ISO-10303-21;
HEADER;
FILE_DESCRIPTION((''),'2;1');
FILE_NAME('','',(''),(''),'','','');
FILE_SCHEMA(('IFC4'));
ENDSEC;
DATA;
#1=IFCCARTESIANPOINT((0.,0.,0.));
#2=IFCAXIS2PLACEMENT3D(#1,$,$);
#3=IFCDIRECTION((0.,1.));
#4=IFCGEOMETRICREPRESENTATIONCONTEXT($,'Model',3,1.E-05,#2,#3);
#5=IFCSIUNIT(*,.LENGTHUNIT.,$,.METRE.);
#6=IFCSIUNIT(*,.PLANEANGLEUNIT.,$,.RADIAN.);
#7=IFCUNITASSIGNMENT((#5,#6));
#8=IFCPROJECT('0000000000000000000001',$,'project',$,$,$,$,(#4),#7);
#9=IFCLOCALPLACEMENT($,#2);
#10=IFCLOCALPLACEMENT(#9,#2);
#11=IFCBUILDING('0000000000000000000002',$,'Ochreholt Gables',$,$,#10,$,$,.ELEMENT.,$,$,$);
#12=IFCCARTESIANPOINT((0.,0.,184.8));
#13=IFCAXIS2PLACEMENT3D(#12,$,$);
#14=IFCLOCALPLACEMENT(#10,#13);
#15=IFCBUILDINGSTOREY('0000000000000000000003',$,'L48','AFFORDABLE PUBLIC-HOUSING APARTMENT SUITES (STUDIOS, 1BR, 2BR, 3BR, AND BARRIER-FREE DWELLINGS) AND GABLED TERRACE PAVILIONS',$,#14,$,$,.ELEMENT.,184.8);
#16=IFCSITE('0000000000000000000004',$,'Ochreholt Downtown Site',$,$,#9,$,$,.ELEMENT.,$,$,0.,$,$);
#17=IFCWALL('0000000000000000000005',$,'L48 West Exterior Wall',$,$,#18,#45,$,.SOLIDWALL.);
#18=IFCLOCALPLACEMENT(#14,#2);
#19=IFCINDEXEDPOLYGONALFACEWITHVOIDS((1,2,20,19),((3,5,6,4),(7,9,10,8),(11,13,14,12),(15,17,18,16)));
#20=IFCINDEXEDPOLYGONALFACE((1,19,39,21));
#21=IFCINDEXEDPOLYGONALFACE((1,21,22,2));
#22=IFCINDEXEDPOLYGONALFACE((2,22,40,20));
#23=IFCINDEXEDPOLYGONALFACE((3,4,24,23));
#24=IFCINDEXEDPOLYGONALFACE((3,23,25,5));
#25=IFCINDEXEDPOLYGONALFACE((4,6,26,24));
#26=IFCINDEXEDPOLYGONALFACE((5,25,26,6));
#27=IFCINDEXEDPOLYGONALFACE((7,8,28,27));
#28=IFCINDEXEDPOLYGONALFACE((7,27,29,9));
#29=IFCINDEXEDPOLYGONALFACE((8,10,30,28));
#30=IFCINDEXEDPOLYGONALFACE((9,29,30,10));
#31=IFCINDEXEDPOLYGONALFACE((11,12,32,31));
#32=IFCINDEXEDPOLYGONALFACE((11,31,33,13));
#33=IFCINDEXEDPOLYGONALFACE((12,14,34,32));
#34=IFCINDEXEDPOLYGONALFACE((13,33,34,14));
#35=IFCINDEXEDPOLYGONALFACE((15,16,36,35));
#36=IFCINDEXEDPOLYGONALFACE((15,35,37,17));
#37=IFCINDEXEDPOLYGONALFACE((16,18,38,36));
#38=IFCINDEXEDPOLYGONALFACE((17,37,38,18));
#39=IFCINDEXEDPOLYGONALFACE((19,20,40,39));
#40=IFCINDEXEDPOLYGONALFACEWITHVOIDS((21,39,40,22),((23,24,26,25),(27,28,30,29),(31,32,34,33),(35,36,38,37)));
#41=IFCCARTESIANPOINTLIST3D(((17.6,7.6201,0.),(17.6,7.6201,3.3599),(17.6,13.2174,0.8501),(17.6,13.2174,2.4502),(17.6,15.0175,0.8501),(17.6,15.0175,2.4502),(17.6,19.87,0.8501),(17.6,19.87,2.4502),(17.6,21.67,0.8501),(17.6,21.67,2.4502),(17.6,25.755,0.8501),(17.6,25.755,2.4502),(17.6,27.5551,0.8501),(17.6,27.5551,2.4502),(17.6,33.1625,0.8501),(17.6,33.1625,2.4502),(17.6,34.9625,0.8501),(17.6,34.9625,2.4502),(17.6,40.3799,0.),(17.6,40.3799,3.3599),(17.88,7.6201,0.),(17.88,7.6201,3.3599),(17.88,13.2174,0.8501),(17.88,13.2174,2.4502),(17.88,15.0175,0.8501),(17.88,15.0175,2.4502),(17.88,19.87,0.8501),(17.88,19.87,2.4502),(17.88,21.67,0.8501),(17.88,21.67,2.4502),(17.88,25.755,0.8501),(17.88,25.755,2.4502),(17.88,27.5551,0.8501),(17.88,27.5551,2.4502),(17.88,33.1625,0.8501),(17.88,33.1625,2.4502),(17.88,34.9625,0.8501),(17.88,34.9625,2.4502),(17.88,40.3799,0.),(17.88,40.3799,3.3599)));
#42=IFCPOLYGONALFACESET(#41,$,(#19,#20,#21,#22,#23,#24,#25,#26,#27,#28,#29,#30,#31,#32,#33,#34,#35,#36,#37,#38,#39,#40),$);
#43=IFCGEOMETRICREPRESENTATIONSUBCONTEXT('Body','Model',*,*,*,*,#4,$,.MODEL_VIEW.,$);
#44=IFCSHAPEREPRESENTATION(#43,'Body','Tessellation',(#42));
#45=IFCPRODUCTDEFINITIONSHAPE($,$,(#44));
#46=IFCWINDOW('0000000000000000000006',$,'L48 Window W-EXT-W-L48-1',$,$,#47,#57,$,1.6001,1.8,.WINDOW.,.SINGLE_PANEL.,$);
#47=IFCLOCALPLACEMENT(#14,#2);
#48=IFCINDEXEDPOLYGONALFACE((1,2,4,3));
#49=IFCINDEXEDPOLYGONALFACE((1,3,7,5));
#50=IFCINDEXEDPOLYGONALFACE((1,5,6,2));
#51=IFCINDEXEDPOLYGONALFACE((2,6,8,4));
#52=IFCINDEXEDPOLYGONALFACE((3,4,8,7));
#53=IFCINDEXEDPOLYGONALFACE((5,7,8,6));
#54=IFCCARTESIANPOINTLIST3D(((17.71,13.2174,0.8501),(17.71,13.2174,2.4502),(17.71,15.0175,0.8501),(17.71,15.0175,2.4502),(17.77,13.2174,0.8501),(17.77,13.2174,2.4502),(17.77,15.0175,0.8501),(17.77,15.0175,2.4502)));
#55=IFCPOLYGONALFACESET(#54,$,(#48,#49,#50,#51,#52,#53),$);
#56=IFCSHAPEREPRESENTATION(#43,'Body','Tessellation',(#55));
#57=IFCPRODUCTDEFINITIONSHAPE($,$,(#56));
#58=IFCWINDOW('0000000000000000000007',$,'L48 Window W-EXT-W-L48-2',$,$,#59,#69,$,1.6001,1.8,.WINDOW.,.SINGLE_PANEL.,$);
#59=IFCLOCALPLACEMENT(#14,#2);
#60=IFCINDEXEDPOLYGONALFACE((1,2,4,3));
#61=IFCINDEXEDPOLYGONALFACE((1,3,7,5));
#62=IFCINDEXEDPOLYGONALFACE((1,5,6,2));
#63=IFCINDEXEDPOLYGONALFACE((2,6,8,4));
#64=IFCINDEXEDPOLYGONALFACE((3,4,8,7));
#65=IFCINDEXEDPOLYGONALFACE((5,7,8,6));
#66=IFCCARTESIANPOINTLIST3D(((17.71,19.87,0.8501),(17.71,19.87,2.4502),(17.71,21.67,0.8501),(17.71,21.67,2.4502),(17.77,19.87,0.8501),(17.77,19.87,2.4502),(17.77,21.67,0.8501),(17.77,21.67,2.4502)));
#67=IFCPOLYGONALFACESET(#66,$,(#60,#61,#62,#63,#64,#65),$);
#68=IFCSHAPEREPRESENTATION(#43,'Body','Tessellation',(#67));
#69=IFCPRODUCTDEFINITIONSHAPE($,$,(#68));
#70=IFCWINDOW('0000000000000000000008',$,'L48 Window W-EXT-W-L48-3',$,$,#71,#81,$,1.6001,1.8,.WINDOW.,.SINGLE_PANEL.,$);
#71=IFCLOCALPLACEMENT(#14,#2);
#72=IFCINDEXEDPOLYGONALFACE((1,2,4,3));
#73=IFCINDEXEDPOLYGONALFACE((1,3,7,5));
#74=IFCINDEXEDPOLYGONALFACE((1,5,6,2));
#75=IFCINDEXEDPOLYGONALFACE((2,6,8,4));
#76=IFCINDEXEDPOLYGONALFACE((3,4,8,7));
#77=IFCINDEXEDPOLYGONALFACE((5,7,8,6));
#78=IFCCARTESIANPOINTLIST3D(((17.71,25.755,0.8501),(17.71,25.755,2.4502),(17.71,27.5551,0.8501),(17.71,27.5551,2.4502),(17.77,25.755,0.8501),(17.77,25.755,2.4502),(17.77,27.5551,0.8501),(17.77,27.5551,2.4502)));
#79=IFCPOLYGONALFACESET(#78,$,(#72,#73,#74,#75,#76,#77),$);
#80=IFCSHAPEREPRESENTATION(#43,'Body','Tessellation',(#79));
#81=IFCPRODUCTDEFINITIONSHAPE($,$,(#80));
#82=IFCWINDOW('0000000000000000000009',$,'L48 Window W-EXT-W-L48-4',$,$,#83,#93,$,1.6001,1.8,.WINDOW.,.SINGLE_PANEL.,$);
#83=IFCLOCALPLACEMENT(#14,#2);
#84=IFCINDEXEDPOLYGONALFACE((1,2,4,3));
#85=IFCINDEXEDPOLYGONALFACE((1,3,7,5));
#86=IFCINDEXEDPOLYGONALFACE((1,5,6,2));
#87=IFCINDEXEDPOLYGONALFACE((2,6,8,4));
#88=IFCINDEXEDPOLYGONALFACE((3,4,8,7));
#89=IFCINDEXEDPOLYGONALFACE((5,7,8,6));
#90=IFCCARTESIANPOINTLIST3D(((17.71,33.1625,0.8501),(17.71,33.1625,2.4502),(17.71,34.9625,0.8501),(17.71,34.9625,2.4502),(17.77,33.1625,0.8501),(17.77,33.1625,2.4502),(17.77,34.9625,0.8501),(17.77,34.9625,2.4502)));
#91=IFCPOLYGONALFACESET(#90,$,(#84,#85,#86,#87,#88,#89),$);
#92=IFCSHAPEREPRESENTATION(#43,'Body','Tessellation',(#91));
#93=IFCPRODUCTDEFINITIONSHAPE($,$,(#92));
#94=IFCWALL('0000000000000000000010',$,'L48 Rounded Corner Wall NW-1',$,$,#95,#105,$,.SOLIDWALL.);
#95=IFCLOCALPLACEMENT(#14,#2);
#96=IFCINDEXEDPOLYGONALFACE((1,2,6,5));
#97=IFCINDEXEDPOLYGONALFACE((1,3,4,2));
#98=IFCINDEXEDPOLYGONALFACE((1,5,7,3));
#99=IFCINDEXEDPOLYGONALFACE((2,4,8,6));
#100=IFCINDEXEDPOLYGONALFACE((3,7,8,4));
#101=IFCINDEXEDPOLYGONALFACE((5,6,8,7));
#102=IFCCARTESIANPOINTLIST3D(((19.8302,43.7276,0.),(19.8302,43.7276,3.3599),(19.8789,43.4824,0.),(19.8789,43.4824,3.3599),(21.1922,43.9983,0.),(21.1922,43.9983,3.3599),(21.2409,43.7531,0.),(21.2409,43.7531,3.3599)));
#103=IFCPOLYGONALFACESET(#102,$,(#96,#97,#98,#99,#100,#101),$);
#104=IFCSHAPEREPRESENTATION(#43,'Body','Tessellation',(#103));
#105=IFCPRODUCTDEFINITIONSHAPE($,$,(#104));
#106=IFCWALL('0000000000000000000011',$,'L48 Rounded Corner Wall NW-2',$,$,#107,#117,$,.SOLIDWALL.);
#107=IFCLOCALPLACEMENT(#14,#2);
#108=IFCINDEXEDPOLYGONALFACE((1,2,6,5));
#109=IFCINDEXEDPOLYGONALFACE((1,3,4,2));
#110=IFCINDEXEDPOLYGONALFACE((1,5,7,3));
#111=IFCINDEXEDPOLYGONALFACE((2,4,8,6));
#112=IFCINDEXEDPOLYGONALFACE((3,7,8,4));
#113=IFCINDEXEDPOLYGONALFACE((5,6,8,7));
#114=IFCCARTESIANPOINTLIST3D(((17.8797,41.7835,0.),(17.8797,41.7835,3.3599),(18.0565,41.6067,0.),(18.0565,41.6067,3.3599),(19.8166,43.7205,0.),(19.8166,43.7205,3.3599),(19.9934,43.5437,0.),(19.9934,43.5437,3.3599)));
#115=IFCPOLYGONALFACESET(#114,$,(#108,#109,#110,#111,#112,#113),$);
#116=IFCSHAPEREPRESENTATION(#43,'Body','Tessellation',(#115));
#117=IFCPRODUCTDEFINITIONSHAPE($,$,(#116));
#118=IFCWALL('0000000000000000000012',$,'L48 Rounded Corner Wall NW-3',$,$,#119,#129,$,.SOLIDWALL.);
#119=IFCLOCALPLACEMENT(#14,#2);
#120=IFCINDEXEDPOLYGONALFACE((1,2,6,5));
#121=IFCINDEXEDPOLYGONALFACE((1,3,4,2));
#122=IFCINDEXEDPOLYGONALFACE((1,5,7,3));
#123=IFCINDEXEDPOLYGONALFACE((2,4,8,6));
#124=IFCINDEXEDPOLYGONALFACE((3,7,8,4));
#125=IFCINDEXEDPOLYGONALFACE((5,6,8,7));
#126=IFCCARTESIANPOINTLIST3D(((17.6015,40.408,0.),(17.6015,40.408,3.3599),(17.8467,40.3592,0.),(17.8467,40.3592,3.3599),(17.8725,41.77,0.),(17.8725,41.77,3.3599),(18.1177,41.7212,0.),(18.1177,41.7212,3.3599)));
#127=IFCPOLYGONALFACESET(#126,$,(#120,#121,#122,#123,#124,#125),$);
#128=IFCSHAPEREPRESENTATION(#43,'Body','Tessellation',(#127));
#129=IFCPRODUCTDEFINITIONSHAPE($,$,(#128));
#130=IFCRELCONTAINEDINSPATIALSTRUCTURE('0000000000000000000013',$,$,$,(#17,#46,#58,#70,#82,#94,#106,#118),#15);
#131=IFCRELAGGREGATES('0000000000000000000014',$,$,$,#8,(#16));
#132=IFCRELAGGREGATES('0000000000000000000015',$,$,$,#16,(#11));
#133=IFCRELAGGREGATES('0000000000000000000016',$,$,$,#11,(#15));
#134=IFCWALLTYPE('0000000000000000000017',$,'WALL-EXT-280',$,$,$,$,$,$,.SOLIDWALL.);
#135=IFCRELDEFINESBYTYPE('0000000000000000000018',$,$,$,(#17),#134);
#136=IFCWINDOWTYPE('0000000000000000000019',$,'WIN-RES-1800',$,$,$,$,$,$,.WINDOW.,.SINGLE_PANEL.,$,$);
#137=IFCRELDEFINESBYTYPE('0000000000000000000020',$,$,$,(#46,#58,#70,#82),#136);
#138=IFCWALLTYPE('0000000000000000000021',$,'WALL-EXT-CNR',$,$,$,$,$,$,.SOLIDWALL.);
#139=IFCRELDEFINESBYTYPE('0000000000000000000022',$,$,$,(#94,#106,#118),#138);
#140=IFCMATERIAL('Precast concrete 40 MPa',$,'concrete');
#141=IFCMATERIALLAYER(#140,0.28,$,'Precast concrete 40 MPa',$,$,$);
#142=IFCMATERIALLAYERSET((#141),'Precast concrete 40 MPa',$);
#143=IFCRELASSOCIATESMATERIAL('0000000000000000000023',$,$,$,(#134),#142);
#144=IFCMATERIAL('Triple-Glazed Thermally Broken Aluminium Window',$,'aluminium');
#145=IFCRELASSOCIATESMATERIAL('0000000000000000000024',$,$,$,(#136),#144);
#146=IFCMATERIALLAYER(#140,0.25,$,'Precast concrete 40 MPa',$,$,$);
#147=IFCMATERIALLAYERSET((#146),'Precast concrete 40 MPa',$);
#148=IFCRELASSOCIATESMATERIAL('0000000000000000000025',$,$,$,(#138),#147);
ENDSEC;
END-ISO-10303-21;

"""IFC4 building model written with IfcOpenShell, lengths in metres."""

from ifc_helpers import new_model, si_unit, direction, frame, frame_2d, origin, place, context, subcontext, project, spatial, rectangle, extrude, material, layer, layer_set, type_object, element, fill, save


model = new_model("IFC4")

# Units and contexts
model_context = context("Model", 3, precision=1e-05, world=origin(), true_north=direction((0.0, 1.0)))
body_context = subcontext(model_context, "Body", "Model", "MODEL_VIEW")
ifc_project = project(units=[si_unit("LENGTHUNIT", "METRE"), si_unit("PLANEANGLEUNIT", "RADIAN")], contexts=[model_context])

# Site, building, storey
site_placement = place(None, origin())
site = spatial("IfcSite", under=ifc_project, at=site_placement, Name="Ochreholt Downtown Site", CompositionType="ELEMENT", RefElevation=0.0)
building_placement = place(site_placement, origin())
building = spatial("IfcBuilding", under=site, at=building_placement, Name="Ochreholt Gables", CompositionType="ELEMENT")
storey_placement = place(building_placement, frame((0.0, 0.0, 184.8)))
storey = spatial("IfcBuildingStorey", under=building, at=storey_placement, Name="L48", Description="AFFORDABLE PUBLIC-HOUSING APARTMENT SUITES (STUDIOS, 1BR, 2BR, 3BR, AND BARRIER-FREE DWELLINGS) AND GABLED TERRACE PAVILIONS", CompositionType="ELEMENT", Elevation=184.8)

# Wall, openings, windows
ifc_material_1 = material(Name="Precast concrete 40 MPa", Category="concrete")
ifc_layer_1 = layer(ifc_material_1, 0.28, Name="Precast concrete 40 MPa")
ifc_layer_set_1 = layer_set([ifc_layer_1], Name="Precast concrete 40 MPa")
wall_type_1 = type_object("IfcWallType", Name="WALL-EXT-280", PredefinedType="SOLIDWALL", material=ifc_layer_set_1)
wall_1_placement = place(storey_placement, frame((17.74, 40.3799, 0.0), z_axis=(0.0, 0.0, 1.0), x_axis=(0.0, -1.0, 0.0)))
wall_1 = element("IfcWall", 1, at=wall_1_placement, inside=storey, type_object=wall_type_1, Name="L48 West Exterior Wall", PredefinedType="SOLIDWALL", context=body_context, shape_type="SweptSolid", body=[
    extrude(rectangle(XDim=32.7598, YDim=0.28, at=frame_2d((16.3799, 0.0))), origin(), (0.0, 0.0, 1.0), 3.3599),
])
opening_1_placement = place(wall_1_placement, frame((25.3625, 0.0, 0.8501)))
opening_1 = element("IfcOpeningElement", 2, at=opening_1_placement, cuts=wall_1, PredefinedType="OPENING", context=body_context, shape_type="SweptSolid", body=[
    extrude(rectangle(XDim=1.8, YDim=1.6001, at=frame_2d((0.8999, 0.8))), frame((0.0, 0.1499, 0.0), z_axis=(0.0, -1.0, 0.0), x_axis=(1.0, 0.0, 0.0)), (0.0, 0.0, 1.0), 0.3),
])
opening_2_placement = place(wall_1_placement, frame((18.71, 0.0, 0.8501)))
opening_2 = element("IfcOpeningElement", 3, at=opening_2_placement, cuts=wall_1, PredefinedType="OPENING", context=body_context, shape_type="SweptSolid", body=[
    extrude(rectangle(XDim=1.8, YDim=1.6001, at=frame_2d((0.8999, 0.8))), frame((0.0, 0.1499, 0.0), z_axis=(0.0, -1.0, 0.0), x_axis=(1.0, 0.0, 0.0)), (0.0, 0.0, 1.0), 0.3),
])
opening_3_placement = place(wall_1_placement, frame((12.825, 0.0, 0.8501)))
opening_3 = element("IfcOpeningElement", 4, at=opening_3_placement, cuts=wall_1, PredefinedType="OPENING", context=body_context, shape_type="SweptSolid", body=[
    extrude(rectangle(XDim=1.8, YDim=1.6001, at=frame_2d((0.8999, 0.8))), frame((0.0, 0.1499, 0.0), z_axis=(0.0, -1.0, 0.0), x_axis=(1.0, 0.0, 0.0)), (0.0, 0.0, 1.0), 0.3),
])
opening_4_placement = place(wall_1_placement, frame((5.4175, 0.0, 0.8501)))
opening_4 = element("IfcOpeningElement", 5, at=opening_4_placement, cuts=wall_1, PredefinedType="OPENING", context=body_context, shape_type="SweptSolid", body=[
    extrude(rectangle(XDim=1.8, YDim=1.6001, at=frame_2d((0.8999, 0.8))), frame((0.0, 0.1499, 0.0), z_axis=(0.0, -1.0, 0.0), x_axis=(1.0, 0.0, 0.0)), (0.0, 0.0, 1.0), 0.3),
])
ifc_material_2 = material(Name="Triple-Glazed Thermally Broken Aluminium Window", Category="aluminium")
window_type = type_object("IfcWindowType", Name="WIN-RES-1800", PartitioningType="SINGLE_PANEL", PredefinedType="WINDOW", material=ifc_material_2)
window_1_placement = place(opening_1_placement, origin())
window_1 = element("IfcWindow", 6, at=window_1_placement, inside=storey, type_object=window_type, Name="L48 Window W-EXT-W-L48-1", OverallHeight=1.6001, OverallWidth=1.8, PartitioningType="SINGLE_PANEL", PredefinedType="WINDOW", context=body_context, shape_type="SweptSolid", body=[
    extrude(rectangle(XDim=1.8, YDim=1.6001, at=frame_2d((0.8999, 0.8))), frame((0.0, 0.03, 0.0), z_axis=(0.0, -1.0, 0.0), x_axis=(1.0, 0.0, 0.0)), (0.0, 0.0, 1.0), 0.0601),
])
fill(opening_1, window_1)
window_2_placement = place(opening_2_placement, origin())
window_2 = element("IfcWindow", 7, at=window_2_placement, inside=storey, type_object=window_type, Name="L48 Window W-EXT-W-L48-2", OverallHeight=1.6001, OverallWidth=1.8, PartitioningType="SINGLE_PANEL", PredefinedType="WINDOW", context=body_context, shape_type="SweptSolid", body=[
    extrude(rectangle(XDim=1.8, YDim=1.6001, at=frame_2d((0.8999, 0.8))), frame((0.0, 0.03, 0.0), z_axis=(0.0, -1.0, 0.0), x_axis=(1.0, 0.0, 0.0)), (0.0, 0.0, 1.0), 0.0601),
])
fill(opening_2, window_2)
window_3_placement = place(opening_3_placement, origin())
window_3 = element("IfcWindow", 8, at=window_3_placement, inside=storey, type_object=window_type, Name="L48 Window W-EXT-W-L48-3", OverallHeight=1.6001, OverallWidth=1.8, PartitioningType="SINGLE_PANEL", PredefinedType="WINDOW", context=body_context, shape_type="SweptSolid", body=[
    extrude(rectangle(XDim=1.8, YDim=1.6001, at=frame_2d((0.8999, 0.8))), frame((0.0, 0.03, 0.0), z_axis=(0.0, -1.0, 0.0), x_axis=(1.0, 0.0, 0.0)), (0.0, 0.0, 1.0), 0.0601),
])
fill(opening_3, window_3)
window_4_placement = place(opening_4_placement, origin())
window_4 = element("IfcWindow", 9, at=window_4_placement, inside=storey, type_object=window_type, Name="L48 Window W-EXT-W-L48-4", OverallHeight=1.6001, OverallWidth=1.8, PartitioningType="SINGLE_PANEL", PredefinedType="WINDOW", context=body_context, shape_type="SweptSolid", body=[
    extrude(rectangle(XDim=1.8, YDim=1.6001, at=frame_2d((0.8999, 0.8))), frame((0.0, 0.03, 0.0), z_axis=(0.0, -1.0, 0.0), x_axis=(1.0, 0.0, 0.0)), (0.0, 0.0, 1.0), 0.0601),
])
fill(opening_4, window_4)

# Walls
ifc_layer_2 = layer(ifc_material_1, 0.25, Name="Precast concrete 40 MPa")
ifc_layer_set_2 = layer_set([ifc_layer_2], Name="Precast concrete 40 MPa")
wall_type_2 = type_object("IfcWallType", Name="WALL-EXT-CNR", PredefinedType="SOLIDWALL", material=ifc_layer_set_2)
wall_2_placement = place(storey_placement, frame((21.2166, 43.8757, 0.0), z_axis=(0.0, 0.0, 1.0), x_axis=(-0.98081, -0.194967, 0.0)))
element("IfcWall", 10, at=wall_2_placement, inside=storey, type_object=wall_type_2, Name="L48 Rounded Corner Wall NW-1", PredefinedType="SOLIDWALL", context=body_context, shape_type="SweptSolid", body=[
    extrude(rectangle(XDim=1.3887, YDim=0.25, at=frame_2d((0.6943, 0.0))), origin(), (0.0, 0.0, 1.0), 3.3599),
])
wall_3_placement = place(storey_placement, frame((19.905, 43.6321, 0.0), z_axis=(0.0, 0.0, 1.0), x_axis=(-0.707107, -0.707107, 0.0)))
element("IfcWall", 11, at=wall_3_placement, inside=storey, type_object=wall_type_2, Name="L48 Rounded Corner Wall NW-2", PredefinedType="SOLIDWALL", context=body_context, shape_type="SweptSolid", body=[
    extrude(rectangle(XDim=2.7393, YDim=0.25, at=frame_2d((1.3696, 0.0))), origin(), (0.0, 0.0, 1.0), 3.3599),
])
wall_4_placement = place(storey_placement, frame((17.9951, 41.7456, 0.0), z_axis=(0.0, 0.0, 1.0), x_axis=(-0.195136, -0.980776, 0.0)))
element("IfcWall", 12, at=wall_4_placement, inside=storey, type_object=wall_type_2, Name="L48 Rounded Corner Wall NW-3", PredefinedType="SOLIDWALL", context=body_context, shape_type="SweptSolid", body=[
    extrude(rectangle(XDim=1.3887, YDim=0.25, at=frame_2d((0.6943, 0.0))), origin(), (0.0, 0.0, 1.0), 3.3599),
])

save(model, "model.ifc")
